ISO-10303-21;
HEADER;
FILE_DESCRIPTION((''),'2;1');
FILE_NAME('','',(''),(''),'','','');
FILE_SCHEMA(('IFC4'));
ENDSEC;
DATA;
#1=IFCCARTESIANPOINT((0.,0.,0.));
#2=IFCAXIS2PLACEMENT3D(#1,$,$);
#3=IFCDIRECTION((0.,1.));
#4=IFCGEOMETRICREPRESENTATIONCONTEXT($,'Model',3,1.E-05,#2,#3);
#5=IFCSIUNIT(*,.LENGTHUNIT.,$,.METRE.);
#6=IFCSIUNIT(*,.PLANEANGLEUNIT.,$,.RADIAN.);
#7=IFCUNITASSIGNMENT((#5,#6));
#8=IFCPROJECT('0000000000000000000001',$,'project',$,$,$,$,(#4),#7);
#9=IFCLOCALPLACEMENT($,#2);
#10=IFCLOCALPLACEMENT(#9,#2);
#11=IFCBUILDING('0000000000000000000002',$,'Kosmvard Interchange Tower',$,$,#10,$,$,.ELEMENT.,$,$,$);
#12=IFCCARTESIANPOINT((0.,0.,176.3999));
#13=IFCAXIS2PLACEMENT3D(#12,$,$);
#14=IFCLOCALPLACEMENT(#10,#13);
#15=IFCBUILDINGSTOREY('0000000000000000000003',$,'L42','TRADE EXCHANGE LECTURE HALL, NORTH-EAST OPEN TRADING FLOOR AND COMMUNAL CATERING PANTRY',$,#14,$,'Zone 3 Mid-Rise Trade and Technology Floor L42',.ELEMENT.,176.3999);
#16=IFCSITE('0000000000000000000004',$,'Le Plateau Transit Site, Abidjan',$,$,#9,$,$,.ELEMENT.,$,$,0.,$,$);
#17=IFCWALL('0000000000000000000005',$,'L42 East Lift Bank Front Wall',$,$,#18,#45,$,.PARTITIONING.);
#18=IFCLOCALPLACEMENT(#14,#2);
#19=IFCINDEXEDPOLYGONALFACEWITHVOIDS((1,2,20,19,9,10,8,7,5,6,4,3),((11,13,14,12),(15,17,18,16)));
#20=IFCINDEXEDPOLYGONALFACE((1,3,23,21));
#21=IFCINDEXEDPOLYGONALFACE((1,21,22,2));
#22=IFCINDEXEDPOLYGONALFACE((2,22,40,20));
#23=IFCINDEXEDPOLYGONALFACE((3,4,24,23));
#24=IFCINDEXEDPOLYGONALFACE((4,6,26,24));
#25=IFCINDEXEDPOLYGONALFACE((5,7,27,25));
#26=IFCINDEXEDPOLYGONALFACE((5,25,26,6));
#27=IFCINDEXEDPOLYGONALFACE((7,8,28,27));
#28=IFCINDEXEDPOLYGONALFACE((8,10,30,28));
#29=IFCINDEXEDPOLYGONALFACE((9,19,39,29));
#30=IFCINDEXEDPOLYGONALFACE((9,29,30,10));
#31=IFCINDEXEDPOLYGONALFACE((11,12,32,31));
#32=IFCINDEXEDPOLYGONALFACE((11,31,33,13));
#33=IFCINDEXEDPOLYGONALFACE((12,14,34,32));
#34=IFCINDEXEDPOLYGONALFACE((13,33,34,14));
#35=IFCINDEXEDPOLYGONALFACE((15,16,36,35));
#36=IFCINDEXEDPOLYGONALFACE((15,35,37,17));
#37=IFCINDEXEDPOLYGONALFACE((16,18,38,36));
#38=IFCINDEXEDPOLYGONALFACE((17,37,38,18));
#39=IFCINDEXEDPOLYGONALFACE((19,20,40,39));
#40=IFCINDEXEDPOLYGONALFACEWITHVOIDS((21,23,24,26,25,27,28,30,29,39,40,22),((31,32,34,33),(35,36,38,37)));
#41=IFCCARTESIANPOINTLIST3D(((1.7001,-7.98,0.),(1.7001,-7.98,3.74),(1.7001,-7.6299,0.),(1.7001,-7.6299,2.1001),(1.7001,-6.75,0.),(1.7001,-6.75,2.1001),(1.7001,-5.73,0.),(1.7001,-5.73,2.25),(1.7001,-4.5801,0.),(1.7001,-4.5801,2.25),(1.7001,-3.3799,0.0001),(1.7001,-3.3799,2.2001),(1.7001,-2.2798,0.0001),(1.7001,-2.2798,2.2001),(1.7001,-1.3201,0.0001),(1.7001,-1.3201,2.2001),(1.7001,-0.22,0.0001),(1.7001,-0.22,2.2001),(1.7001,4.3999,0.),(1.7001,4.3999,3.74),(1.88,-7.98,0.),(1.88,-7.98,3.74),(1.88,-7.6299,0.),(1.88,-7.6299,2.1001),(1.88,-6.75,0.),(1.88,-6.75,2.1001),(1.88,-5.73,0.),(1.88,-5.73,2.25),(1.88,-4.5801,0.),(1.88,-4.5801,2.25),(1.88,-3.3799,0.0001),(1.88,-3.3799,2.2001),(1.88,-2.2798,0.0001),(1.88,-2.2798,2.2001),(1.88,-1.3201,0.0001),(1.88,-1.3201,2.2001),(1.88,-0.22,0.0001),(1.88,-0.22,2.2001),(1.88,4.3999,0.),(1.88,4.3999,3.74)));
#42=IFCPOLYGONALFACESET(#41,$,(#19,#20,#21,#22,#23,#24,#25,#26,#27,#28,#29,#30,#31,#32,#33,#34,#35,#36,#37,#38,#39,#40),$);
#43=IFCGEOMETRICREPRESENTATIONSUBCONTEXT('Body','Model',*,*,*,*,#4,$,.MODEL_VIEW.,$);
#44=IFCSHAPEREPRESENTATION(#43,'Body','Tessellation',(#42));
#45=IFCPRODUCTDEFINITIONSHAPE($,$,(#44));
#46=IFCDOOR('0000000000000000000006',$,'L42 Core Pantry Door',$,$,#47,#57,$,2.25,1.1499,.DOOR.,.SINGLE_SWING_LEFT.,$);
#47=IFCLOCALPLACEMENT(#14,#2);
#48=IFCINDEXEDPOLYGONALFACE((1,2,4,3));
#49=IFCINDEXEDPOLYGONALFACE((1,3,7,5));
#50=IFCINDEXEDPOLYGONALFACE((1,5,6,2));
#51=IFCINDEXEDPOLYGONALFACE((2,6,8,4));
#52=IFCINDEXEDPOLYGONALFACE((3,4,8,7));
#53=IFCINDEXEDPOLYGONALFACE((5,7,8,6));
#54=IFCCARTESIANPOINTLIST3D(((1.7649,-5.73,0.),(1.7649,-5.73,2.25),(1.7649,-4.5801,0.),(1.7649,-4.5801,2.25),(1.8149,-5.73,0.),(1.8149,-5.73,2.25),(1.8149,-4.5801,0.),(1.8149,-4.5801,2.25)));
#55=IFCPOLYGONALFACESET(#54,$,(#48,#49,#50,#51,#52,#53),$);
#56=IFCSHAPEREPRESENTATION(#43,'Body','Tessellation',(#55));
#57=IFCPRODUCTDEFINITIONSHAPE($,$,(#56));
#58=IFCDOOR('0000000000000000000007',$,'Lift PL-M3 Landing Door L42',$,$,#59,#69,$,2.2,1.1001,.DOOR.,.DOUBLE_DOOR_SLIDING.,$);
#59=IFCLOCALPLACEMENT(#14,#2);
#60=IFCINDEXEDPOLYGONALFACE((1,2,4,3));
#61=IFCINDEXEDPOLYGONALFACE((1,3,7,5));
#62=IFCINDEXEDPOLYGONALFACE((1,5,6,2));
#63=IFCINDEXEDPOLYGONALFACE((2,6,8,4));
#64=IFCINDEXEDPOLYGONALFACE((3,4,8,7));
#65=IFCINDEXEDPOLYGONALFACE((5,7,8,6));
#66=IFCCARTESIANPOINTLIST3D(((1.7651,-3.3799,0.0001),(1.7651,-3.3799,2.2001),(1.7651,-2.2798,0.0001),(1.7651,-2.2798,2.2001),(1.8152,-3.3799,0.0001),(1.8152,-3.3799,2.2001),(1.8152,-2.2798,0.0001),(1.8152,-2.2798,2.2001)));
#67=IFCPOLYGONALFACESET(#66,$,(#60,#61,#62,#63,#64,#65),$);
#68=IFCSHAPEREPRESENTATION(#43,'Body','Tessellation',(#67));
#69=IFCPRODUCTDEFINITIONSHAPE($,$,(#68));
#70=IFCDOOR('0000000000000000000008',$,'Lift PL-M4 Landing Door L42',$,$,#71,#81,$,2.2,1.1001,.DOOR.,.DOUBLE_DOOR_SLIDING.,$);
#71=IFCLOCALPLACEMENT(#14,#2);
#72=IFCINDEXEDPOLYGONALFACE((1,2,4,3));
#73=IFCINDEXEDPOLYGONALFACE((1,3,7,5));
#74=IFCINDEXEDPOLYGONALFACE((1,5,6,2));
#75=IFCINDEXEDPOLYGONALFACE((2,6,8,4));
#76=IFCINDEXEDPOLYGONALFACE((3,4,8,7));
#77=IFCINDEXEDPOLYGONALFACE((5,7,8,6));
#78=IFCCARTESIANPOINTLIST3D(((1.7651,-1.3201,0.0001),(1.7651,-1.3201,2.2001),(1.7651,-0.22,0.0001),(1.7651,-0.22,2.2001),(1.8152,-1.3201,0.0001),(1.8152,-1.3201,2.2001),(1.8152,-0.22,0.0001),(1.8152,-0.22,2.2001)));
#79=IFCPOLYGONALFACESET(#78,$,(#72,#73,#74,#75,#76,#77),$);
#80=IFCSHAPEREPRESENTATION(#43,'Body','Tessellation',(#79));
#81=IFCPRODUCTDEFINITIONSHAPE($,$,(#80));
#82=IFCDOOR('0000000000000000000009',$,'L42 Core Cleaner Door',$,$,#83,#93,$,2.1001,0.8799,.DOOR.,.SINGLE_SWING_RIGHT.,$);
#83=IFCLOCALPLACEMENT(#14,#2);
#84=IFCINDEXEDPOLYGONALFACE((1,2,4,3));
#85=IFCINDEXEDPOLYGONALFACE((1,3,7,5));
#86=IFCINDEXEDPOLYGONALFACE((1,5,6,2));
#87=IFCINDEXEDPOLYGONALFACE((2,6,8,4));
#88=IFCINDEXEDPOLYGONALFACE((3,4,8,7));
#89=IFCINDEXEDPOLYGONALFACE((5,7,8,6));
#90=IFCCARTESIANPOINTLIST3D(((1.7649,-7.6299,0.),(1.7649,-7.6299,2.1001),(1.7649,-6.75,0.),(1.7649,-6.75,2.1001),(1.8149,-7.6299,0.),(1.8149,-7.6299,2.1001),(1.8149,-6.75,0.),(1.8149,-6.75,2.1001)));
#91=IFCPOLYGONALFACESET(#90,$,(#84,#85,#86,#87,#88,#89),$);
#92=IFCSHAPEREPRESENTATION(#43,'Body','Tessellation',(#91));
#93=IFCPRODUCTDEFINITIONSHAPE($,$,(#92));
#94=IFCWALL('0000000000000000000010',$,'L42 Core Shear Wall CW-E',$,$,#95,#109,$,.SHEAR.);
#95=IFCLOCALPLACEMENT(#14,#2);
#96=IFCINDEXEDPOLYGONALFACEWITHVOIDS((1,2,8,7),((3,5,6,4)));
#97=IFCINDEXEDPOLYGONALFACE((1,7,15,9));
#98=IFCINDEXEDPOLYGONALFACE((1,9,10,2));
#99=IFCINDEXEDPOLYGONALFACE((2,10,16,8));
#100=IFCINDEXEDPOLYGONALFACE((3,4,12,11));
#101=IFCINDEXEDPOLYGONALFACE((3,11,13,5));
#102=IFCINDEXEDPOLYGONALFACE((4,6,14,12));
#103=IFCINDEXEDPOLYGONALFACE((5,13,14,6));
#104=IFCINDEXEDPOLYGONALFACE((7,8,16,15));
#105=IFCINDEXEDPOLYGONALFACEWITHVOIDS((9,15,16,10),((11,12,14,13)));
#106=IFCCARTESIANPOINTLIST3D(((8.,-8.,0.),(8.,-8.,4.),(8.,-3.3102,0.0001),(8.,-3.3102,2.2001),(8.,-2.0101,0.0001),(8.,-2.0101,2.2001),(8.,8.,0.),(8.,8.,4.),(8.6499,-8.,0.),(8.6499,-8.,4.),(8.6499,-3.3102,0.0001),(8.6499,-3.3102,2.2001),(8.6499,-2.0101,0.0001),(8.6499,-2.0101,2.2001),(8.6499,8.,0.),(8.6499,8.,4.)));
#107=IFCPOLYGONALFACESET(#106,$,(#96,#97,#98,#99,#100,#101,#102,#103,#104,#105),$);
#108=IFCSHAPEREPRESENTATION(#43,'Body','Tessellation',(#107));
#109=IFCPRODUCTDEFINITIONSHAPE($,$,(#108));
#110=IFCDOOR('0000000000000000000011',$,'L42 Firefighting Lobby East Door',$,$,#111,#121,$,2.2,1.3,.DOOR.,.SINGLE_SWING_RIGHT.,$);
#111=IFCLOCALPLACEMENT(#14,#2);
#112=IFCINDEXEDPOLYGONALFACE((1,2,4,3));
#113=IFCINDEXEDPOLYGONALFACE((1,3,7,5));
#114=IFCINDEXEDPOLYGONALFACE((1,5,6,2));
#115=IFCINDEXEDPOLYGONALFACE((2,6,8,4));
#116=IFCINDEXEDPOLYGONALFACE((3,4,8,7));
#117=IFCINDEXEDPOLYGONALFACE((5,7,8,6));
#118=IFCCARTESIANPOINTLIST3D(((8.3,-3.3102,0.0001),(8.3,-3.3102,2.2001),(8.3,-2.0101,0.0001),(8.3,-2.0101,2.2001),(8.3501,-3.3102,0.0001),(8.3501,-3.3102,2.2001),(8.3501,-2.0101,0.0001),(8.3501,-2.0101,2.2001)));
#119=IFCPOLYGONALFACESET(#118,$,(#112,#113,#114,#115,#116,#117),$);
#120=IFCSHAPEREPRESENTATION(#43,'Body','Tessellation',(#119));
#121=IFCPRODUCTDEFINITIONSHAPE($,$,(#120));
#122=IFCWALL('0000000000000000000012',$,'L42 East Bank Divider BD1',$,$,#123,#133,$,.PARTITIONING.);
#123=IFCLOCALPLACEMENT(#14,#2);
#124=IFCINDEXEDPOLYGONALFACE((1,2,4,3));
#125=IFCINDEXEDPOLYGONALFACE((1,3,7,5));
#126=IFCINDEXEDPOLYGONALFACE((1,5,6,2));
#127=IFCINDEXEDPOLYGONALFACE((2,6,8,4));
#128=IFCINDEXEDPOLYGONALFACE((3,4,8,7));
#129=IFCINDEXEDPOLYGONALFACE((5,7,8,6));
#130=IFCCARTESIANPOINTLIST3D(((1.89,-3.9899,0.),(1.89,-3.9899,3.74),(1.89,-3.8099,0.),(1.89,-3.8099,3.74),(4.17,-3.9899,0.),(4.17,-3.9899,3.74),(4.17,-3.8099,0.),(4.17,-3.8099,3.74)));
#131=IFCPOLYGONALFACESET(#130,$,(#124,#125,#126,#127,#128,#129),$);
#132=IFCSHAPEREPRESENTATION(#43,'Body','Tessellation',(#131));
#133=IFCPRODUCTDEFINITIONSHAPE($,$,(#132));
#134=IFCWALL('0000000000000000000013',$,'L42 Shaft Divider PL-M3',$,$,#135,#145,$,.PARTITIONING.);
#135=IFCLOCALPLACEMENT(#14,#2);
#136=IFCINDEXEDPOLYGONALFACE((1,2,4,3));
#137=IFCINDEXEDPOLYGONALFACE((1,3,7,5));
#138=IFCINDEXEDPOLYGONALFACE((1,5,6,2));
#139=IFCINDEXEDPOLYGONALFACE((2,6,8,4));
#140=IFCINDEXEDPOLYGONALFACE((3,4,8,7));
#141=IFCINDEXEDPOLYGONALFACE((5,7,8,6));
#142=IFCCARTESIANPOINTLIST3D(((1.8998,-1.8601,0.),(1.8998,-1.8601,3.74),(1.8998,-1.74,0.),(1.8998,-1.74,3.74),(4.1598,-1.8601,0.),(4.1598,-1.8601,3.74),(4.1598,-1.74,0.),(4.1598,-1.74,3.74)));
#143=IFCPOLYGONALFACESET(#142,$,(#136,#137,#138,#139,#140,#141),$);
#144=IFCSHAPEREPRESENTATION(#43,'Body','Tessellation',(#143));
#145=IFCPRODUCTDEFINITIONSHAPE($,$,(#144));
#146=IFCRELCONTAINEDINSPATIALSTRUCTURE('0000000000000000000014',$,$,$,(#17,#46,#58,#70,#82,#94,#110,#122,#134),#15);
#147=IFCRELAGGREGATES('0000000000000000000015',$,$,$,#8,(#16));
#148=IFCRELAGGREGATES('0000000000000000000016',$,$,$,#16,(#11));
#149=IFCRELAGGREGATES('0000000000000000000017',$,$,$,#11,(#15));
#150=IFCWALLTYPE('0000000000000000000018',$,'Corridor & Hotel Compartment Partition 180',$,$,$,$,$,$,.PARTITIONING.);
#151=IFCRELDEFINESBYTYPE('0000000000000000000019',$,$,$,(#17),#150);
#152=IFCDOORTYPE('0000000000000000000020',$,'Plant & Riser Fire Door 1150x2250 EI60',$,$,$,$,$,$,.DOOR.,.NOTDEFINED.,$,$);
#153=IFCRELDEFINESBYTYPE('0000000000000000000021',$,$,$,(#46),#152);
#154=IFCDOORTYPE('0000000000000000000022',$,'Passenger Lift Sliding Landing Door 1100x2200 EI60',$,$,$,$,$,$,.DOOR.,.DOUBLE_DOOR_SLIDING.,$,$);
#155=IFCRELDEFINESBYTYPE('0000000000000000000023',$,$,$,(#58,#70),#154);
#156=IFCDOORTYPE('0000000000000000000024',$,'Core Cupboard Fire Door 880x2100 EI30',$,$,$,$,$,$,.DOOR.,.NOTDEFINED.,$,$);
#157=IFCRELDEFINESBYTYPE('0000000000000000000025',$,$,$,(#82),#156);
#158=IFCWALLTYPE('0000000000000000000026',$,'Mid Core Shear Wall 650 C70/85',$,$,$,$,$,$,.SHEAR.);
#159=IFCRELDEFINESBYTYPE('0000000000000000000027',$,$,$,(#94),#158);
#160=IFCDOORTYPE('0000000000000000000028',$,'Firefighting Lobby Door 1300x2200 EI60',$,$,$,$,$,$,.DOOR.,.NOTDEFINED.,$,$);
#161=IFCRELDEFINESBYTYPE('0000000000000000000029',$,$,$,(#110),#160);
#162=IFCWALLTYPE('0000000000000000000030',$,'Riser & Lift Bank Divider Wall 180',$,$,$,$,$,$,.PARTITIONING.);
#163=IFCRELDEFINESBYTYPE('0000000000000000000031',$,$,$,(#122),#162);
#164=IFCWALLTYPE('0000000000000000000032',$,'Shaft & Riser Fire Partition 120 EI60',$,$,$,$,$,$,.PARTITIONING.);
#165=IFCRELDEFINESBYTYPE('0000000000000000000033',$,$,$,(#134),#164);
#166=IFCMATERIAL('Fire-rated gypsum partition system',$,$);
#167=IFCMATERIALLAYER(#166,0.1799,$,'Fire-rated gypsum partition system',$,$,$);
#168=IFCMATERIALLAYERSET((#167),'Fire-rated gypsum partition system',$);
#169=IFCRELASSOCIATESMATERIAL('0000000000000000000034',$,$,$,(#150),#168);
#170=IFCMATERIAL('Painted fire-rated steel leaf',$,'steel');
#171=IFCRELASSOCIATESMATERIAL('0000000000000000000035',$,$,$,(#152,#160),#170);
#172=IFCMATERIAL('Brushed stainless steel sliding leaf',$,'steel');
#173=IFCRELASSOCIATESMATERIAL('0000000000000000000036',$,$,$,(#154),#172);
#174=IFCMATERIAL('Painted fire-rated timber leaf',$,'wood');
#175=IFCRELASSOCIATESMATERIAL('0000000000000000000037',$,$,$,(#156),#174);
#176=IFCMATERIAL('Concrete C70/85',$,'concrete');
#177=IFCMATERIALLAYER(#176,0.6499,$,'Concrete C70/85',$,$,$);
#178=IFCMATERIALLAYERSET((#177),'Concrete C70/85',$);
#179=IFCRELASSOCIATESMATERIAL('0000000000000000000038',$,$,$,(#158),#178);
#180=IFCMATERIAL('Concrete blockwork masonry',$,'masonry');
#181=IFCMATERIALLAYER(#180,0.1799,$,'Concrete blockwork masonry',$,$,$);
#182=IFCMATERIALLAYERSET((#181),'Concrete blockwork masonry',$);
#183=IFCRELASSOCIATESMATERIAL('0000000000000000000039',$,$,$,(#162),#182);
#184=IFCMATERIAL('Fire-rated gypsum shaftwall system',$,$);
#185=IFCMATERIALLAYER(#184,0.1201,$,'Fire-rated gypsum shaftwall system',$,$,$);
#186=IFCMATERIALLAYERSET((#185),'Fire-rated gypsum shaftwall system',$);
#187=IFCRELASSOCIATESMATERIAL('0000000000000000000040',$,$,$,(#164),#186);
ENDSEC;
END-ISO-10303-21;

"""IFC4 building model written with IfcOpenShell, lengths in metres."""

from ifc_helpers import new_model, si_unit, direction, frame, frame_2d, origin, place, context, subcontext, project, spatial, rectangle, extrude, source, transform, mapped, material, layer, layer_set, type_object, element, fill, save


model = new_model("IFC4")

# Units and contexts
model_context = context("Model", 3, precision=1e-05, world=origin(), true_north=direction((0.0, 1.0)))
body_context = subcontext(model_context, "Body", "Model", "MODEL_VIEW")
ifc_project = project(units=[si_unit("LENGTHUNIT", "METRE"), si_unit("PLANEANGLEUNIT", "RADIAN")], contexts=[model_context])

# Site, building, storey
site_placement = place(None, origin())
site = spatial("IfcSite", under=ifc_project, at=site_placement, Name="Le Plateau Transit Site, Abidjan", CompositionType="ELEMENT", RefElevation=0.0)
building_placement = place(site_placement, origin())
building = spatial("IfcBuilding", under=site, at=building_placement, Name="Kosmvard Interchange Tower", CompositionType="ELEMENT")
storey_placement = place(building_placement, frame((0.0, 0.0, 176.3999)))
storey = spatial("IfcBuildingStorey", under=building, at=storey_placement, Name="L42", Description="TRADE EXCHANGE LECTURE HALL, NORTH-EAST OPEN TRADING FLOOR AND COMMUNAL CATERING PANTRY", LongName="Zone 3 Mid-Rise Trade and Technology Floor L42", CompositionType="ELEMENT", Elevation=176.3999)

# Shared definitions
ifc_material_1 = material(Name="Fire-rated gypsum partition system")

# Wall, openings, doors
ifc_layer_1 = layer(ifc_material_1, 0.1799, Name="Fire-rated gypsum partition system")
ifc_layer_set_1 = layer_set([ifc_layer_1], Name="Fire-rated gypsum partition system")
wall_type_1 = type_object("IfcWallType", Name="Corridor & Hotel Compartment Partition 180", PredefinedType="PARTITIONING", material=ifc_layer_set_1)
wall_1_placement = place(storey_placement, frame((1.79, -7.98, 0.0), z_axis=(0.0, 0.0, 1.0), x_axis=(0.0, 1.0, 0.0)))
wall_1 = element("IfcWall", 1, at=wall_1_placement, inside=storey, type_object=wall_type_1, Name="L42 East Lift Bank Front Wall", PredefinedType="PARTITIONING", context=body_context, shape_type="SweptSolid", body=[
    extrude(rectangle(XDim=12.3799, YDim=0.1799, at=frame_2d((6.1899, 0.0))), origin(), (0.0, 0.0, 1.0), 3.74),
])
opening_1_placement = place(wall_1_placement, frame((4.6001, 0.0, 0.0)))
opening_1 = element("IfcOpeningElement", 2, at=opening_1_placement, cuts=wall_1, PredefinedType="OPENING", context=body_context, shape_type="SweptSolid", body=[
    extrude(rectangle(XDim=1.1001, YDim=2.2, at=frame_2d((0.55, 1.1001))), frame((0.0, 0.1001, 0.0), z_axis=(0.0, -1.0, 0.0), x_axis=(1.0, 0.0, 0.0)), (0.0, 0.0, 1.0), 0.2),
])
opening_2_placement = place(wall_1_placement, frame((6.6599, 0.0, 0.0)))
opening_2 = element("IfcOpeningElement", 3, at=opening_2_placement, cuts=wall_1, PredefinedType="OPENING", context=body_context, shape_type="SweptSolid", body=[
    extrude(rectangle(XDim=1.1001, YDim=2.2, at=frame_2d((0.55, 1.1001))), frame((0.0, 0.1001, 0.0), z_axis=(0.0, -1.0, 0.0), x_axis=(1.0, 0.0, 0.0)), (0.0, 0.0, 1.0), 0.2),
])
opening_3_placement = place(wall_1_placement, frame((0.3501, 0.0, 0.0)))
opening_3 = element("IfcOpeningElement", 4, at=opening_3_placement, cuts=wall_1, PredefinedType="OPENING", context=body_context, shape_type="SweptSolid", body=[
    extrude(rectangle(XDim=0.8799, YDim=2.1001, at=frame_2d((0.4399, 1.05))), frame((0.0, 0.1001, 0.0), z_axis=(0.0, -1.0, 0.0), x_axis=(1.0, 0.0, 0.0)), (0.0, 0.0, 1.0), 0.2),
])
opening_4_placement = place(wall_1_placement, frame((2.25, 0.0, 0.0)))
opening_4 = element("IfcOpeningElement", 5, at=opening_4_placement, cuts=wall_1, PredefinedType="OPENING", context=body_context, shape_type="SweptSolid", body=[
    extrude(rectangle(XDim=1.1499, YDim=2.25, at=frame_2d((0.575, 1.125))), frame((0.0, 0.1001, 0.0), z_axis=(0.0, -1.0, 0.0), x_axis=(1.0, 0.0, 0.0)), (0.0, 0.0, 1.0), 0.2),
])
ifc_material_2 = material(Name="Painted fire-rated steel leaf", Category="steel")
door_type_1 = type_object("IfcDoorType", Name="Plant & Riser Fire Door 1150x2250 EI60", OperationType="NOTDEFINED", PredefinedType="DOOR", material=ifc_material_2)
shared_shape_1 = source(origin(), body_context, "Body", "SweptSolid", [
    extrude(rectangle(XDim=1.1499, YDim=2.25, at=frame_2d((0.575, 1.125))), frame((0.0, 0.0249, 0.0), z_axis=(0.0, -1.0, 0.0), x_axis=(1.0, 0.0, 0.0)), (0.0, 0.0, 1.0), 0.05),
])
door_1_placement = place(opening_4_placement, frame((1.1499, 0.0, 0.0), z_axis=(0.0, 0.0, 1.0), x_axis=(-1.0, 0.0, 0.0)))
door_1 = element("IfcDoor", 6, at=door_1_placement, inside=storey, type_object=door_type_1, Name="L42 Core Pantry Door", OperationType="SINGLE_SWING_LEFT", OverallHeight=2.25, OverallWidth=1.1499, PredefinedType="DOOR", context=body_context, shape_type="MappedRepresentation", body=[
    mapped(shared_shape_1, transform((0.0, 0.0, 0.0), scale=1.0)),
])
fill(opening_4, door_1)
ifc_material_3 = material(Name="Brushed stainless steel sliding leaf", Category="steel")
door_type_2 = type_object("IfcDoorType", Name="Passenger Lift Sliding Landing Door 1100x2200 EI60", OperationType="DOUBLE_DOOR_SLIDING", PredefinedType="DOOR", material=ifc_material_3)
shared_shape_2 = source(origin(), body_context, "Body", "SweptSolid", [
    extrude(rectangle(XDim=1.1001, YDim=2.2, at=frame_2d((0.55, 1.1001))), frame((0.0, 0.0249, 0.0), z_axis=(0.0, -1.0, 0.0), x_axis=(1.0, 0.0, 0.0)), (0.0, 0.0, 1.0), 0.05),
])
door_2_placement = place(opening_1_placement, origin())
door_2 = element("IfcDoor", 7, at=door_2_placement, inside=storey, type_object=door_type_2, Name="Lift PL-M3 Landing Door L42", OperationType="DOUBLE_DOOR_SLIDING", OverallHeight=2.2, OverallWidth=1.1001, PredefinedType="DOOR", context=body_context, shape_type="MappedRepresentation", body=[
    mapped(shared_shape_2, transform((0.0, 0.0, 0.0), scale=1.0)),
])
fill(opening_1, door_2)
door_3_placement = place(opening_2_placement, origin())
door_3 = element("IfcDoor", 8, at=door_3_placement, inside=storey, type_object=door_type_2, Name="Lift PL-M4 Landing Door L42", OperationType="DOUBLE_DOOR_SLIDING", OverallHeight=2.2, OverallWidth=1.1001, PredefinedType="DOOR", context=body_context, shape_type="MappedRepresentation", body=[
    mapped(shared_shape_2, transform((0.0, 0.0, 0.0), scale=1.0)),
])
fill(opening_2, door_3)
ifc_material_4 = material(Name="Painted fire-rated timber leaf", Category="wood")
door_type_3 = type_object("IfcDoorType", Name="Core Cupboard Fire Door 880x2100 EI30", OperationType="NOTDEFINED", PredefinedType="DOOR", material=ifc_material_4)
shared_shape_3 = source(origin(), body_context, "Body", "SweptSolid", [
    extrude(rectangle(XDim=0.8799, YDim=2.1001, at=frame_2d((0.4399, 1.05))), frame((0.0, 0.0249, 0.0), z_axis=(0.0, -1.0, 0.0), x_axis=(1.0, 0.0, 0.0)), (0.0, 0.0, 1.0), 0.05),
])
door_4_placement = place(opening_3_placement, frame((0.8799, 0.0, 0.0), z_axis=(0.0, 0.0, 1.0), x_axis=(-1.0, 0.0, 0.0)))
door_4 = element("IfcDoor", 9, at=door_4_placement, inside=storey, type_object=door_type_3, Name="L42 Core Cleaner Door", OperationType="SINGLE_SWING_RIGHT", OverallHeight=2.1001, OverallWidth=0.8799, PredefinedType="DOOR", context=body_context, shape_type="MappedRepresentation", body=[
    mapped(shared_shape_3, transform((0.0, 0.0, 0.0), scale=1.0)),
])
fill(opening_3, door_4)

# Wall, opening, door
ifc_material_5 = material(Name="Concrete C70/85", Category="concrete")
ifc_layer_2 = layer(ifc_material_5, 0.6499, Name="Concrete C70/85")
ifc_layer_set_2 = layer_set([ifc_layer_2], Name="Concrete C70/85")
wall_type_2 = type_object("IfcWallType", Name="Mid Core Shear Wall 650 C70/85", PredefinedType="SHEAR", material=ifc_layer_set_2)
wall_2_placement = place(storey_placement, frame((8.325, -8.0, 0.0), z_axis=(0.0, 0.0, 1.0), x_axis=(0.0, 1.0, 0.0)))
wall_2 = element("IfcWall", 10, at=wall_2_placement, inside=storey, type_object=wall_type_2, Name="L42 Core Shear Wall CW-E", PredefinedType="SHEAR", context=body_context, shape_type="SweptSolid", body=[
    extrude(rectangle(XDim=16.0, YDim=0.6499, at=frame_2d((8.0, 0.0))), origin(), (0.0, 0.0, 1.0), 4.0),
])
opening_5_placement = place(wall_2_placement, frame((4.6899, 0.0, 0.0)))
opening_5 = element("IfcOpeningElement", 11, at=opening_5_placement, cuts=wall_2, PredefinedType="OPENING", context=body_context, shape_type="SweptSolid", body=[
    extrude(rectangle(XDim=1.3, YDim=2.2, at=frame_2d((0.6499, 1.1001))), frame((0.0, 0.335, 0.0), z_axis=(0.0, -1.0, 0.0), x_axis=(1.0, 0.0, 0.0)), (0.0, 0.0, 1.0), 0.6699),
])
door_type_4 = type_object("IfcDoorType", Name="Firefighting Lobby Door 1300x2200 EI60", OperationType="NOTDEFINED", PredefinedType="DOOR", material=ifc_material_2)
shared_shape_4 = source(origin(), body_context, "Body", "SweptSolid", [
    extrude(rectangle(XDim=1.3, YDim=2.2, at=frame_2d((0.6499, 1.1001))), frame((0.0, 0.0249, 0.0), z_axis=(0.0, -1.0, 0.0), x_axis=(1.0, 0.0, 0.0)), (0.0, 0.0, 1.0), 0.05),
])
door_5_placement = place(opening_5_placement, origin())
door_5 = element("IfcDoor", 12, at=door_5_placement, inside=storey, type_object=door_type_4, Name="L42 Firefighting Lobby East Door", OperationType="SINGLE_SWING_RIGHT", OverallHeight=2.2, OverallWidth=1.3, PredefinedType="DOOR", context=body_context, shape_type="MappedRepresentation", body=[
    mapped(shared_shape_4, transform((0.0, 0.0, 0.0), scale=1.0)),
])
fill(opening_5, door_5)

# Walls
ifc_material_6 = material(Name="Concrete blockwork masonry", Category="masonry")
ifc_layer_3 = layer(ifc_material_6, 0.1799, Name="Concrete blockwork masonry")
ifc_layer_set_3 = layer_set([ifc_layer_3], Name="Concrete blockwork masonry")
wall_type_3 = type_object("IfcWallType", Name="Riser & Lift Bank Divider Wall 180", PredefinedType="PARTITIONING", material=ifc_layer_set_3)
wall_3_placement = place(storey_placement, frame((1.8899, -3.8999, 0.0), z_axis=(0.0, 0.0, 1.0), x_axis=(1.0, 0.0, 0.0)))
element("IfcWall", 13, at=wall_3_placement, inside=storey, type_object=wall_type_3, Name="L42 East Bank Divider BD1", PredefinedType="PARTITIONING", context=body_context, shape_type="SweptSolid", body=[
    extrude(rectangle(XDim=2.28, YDim=0.1799, at=frame_2d((1.1401, 0.0))), origin(), (0.0, 0.0, 1.0), 3.74),
])
ifc_material_7 = material(Name="Fire-rated gypsum shaftwall system")
ifc_layer_4 = layer(ifc_material_7, 0.1201, Name="Fire-rated gypsum shaftwall system")
ifc_layer_set_4 = layer_set([ifc_layer_4], Name="Fire-rated gypsum shaftwall system")
wall_type_4 = type_object("IfcWallType", Name="Shaft & Riser Fire Partition 120 EI60", PredefinedType="PARTITIONING", material=ifc_layer_set_4)
wall_4_placement = place(storey_placement, frame((1.8999, -1.8, 0.0), z_axis=(0.0, 0.0, 1.0), x_axis=(1.0, 0.0, 0.0)))
element("IfcWall", 14, at=wall_4_placement, inside=storey, type_object=wall_type_4, Name="L42 Shaft Divider PL-M3", PredefinedType="PARTITIONING", context=body_context, shape_type="SweptSolid", body=[
    extrude(rectangle(XDim=2.26, YDim=0.1201, at=frame_2d((1.1299, 0.0))), origin(), (0.0, 0.0, 1.0), 3.74),
])

save(model, "model.ifc")
